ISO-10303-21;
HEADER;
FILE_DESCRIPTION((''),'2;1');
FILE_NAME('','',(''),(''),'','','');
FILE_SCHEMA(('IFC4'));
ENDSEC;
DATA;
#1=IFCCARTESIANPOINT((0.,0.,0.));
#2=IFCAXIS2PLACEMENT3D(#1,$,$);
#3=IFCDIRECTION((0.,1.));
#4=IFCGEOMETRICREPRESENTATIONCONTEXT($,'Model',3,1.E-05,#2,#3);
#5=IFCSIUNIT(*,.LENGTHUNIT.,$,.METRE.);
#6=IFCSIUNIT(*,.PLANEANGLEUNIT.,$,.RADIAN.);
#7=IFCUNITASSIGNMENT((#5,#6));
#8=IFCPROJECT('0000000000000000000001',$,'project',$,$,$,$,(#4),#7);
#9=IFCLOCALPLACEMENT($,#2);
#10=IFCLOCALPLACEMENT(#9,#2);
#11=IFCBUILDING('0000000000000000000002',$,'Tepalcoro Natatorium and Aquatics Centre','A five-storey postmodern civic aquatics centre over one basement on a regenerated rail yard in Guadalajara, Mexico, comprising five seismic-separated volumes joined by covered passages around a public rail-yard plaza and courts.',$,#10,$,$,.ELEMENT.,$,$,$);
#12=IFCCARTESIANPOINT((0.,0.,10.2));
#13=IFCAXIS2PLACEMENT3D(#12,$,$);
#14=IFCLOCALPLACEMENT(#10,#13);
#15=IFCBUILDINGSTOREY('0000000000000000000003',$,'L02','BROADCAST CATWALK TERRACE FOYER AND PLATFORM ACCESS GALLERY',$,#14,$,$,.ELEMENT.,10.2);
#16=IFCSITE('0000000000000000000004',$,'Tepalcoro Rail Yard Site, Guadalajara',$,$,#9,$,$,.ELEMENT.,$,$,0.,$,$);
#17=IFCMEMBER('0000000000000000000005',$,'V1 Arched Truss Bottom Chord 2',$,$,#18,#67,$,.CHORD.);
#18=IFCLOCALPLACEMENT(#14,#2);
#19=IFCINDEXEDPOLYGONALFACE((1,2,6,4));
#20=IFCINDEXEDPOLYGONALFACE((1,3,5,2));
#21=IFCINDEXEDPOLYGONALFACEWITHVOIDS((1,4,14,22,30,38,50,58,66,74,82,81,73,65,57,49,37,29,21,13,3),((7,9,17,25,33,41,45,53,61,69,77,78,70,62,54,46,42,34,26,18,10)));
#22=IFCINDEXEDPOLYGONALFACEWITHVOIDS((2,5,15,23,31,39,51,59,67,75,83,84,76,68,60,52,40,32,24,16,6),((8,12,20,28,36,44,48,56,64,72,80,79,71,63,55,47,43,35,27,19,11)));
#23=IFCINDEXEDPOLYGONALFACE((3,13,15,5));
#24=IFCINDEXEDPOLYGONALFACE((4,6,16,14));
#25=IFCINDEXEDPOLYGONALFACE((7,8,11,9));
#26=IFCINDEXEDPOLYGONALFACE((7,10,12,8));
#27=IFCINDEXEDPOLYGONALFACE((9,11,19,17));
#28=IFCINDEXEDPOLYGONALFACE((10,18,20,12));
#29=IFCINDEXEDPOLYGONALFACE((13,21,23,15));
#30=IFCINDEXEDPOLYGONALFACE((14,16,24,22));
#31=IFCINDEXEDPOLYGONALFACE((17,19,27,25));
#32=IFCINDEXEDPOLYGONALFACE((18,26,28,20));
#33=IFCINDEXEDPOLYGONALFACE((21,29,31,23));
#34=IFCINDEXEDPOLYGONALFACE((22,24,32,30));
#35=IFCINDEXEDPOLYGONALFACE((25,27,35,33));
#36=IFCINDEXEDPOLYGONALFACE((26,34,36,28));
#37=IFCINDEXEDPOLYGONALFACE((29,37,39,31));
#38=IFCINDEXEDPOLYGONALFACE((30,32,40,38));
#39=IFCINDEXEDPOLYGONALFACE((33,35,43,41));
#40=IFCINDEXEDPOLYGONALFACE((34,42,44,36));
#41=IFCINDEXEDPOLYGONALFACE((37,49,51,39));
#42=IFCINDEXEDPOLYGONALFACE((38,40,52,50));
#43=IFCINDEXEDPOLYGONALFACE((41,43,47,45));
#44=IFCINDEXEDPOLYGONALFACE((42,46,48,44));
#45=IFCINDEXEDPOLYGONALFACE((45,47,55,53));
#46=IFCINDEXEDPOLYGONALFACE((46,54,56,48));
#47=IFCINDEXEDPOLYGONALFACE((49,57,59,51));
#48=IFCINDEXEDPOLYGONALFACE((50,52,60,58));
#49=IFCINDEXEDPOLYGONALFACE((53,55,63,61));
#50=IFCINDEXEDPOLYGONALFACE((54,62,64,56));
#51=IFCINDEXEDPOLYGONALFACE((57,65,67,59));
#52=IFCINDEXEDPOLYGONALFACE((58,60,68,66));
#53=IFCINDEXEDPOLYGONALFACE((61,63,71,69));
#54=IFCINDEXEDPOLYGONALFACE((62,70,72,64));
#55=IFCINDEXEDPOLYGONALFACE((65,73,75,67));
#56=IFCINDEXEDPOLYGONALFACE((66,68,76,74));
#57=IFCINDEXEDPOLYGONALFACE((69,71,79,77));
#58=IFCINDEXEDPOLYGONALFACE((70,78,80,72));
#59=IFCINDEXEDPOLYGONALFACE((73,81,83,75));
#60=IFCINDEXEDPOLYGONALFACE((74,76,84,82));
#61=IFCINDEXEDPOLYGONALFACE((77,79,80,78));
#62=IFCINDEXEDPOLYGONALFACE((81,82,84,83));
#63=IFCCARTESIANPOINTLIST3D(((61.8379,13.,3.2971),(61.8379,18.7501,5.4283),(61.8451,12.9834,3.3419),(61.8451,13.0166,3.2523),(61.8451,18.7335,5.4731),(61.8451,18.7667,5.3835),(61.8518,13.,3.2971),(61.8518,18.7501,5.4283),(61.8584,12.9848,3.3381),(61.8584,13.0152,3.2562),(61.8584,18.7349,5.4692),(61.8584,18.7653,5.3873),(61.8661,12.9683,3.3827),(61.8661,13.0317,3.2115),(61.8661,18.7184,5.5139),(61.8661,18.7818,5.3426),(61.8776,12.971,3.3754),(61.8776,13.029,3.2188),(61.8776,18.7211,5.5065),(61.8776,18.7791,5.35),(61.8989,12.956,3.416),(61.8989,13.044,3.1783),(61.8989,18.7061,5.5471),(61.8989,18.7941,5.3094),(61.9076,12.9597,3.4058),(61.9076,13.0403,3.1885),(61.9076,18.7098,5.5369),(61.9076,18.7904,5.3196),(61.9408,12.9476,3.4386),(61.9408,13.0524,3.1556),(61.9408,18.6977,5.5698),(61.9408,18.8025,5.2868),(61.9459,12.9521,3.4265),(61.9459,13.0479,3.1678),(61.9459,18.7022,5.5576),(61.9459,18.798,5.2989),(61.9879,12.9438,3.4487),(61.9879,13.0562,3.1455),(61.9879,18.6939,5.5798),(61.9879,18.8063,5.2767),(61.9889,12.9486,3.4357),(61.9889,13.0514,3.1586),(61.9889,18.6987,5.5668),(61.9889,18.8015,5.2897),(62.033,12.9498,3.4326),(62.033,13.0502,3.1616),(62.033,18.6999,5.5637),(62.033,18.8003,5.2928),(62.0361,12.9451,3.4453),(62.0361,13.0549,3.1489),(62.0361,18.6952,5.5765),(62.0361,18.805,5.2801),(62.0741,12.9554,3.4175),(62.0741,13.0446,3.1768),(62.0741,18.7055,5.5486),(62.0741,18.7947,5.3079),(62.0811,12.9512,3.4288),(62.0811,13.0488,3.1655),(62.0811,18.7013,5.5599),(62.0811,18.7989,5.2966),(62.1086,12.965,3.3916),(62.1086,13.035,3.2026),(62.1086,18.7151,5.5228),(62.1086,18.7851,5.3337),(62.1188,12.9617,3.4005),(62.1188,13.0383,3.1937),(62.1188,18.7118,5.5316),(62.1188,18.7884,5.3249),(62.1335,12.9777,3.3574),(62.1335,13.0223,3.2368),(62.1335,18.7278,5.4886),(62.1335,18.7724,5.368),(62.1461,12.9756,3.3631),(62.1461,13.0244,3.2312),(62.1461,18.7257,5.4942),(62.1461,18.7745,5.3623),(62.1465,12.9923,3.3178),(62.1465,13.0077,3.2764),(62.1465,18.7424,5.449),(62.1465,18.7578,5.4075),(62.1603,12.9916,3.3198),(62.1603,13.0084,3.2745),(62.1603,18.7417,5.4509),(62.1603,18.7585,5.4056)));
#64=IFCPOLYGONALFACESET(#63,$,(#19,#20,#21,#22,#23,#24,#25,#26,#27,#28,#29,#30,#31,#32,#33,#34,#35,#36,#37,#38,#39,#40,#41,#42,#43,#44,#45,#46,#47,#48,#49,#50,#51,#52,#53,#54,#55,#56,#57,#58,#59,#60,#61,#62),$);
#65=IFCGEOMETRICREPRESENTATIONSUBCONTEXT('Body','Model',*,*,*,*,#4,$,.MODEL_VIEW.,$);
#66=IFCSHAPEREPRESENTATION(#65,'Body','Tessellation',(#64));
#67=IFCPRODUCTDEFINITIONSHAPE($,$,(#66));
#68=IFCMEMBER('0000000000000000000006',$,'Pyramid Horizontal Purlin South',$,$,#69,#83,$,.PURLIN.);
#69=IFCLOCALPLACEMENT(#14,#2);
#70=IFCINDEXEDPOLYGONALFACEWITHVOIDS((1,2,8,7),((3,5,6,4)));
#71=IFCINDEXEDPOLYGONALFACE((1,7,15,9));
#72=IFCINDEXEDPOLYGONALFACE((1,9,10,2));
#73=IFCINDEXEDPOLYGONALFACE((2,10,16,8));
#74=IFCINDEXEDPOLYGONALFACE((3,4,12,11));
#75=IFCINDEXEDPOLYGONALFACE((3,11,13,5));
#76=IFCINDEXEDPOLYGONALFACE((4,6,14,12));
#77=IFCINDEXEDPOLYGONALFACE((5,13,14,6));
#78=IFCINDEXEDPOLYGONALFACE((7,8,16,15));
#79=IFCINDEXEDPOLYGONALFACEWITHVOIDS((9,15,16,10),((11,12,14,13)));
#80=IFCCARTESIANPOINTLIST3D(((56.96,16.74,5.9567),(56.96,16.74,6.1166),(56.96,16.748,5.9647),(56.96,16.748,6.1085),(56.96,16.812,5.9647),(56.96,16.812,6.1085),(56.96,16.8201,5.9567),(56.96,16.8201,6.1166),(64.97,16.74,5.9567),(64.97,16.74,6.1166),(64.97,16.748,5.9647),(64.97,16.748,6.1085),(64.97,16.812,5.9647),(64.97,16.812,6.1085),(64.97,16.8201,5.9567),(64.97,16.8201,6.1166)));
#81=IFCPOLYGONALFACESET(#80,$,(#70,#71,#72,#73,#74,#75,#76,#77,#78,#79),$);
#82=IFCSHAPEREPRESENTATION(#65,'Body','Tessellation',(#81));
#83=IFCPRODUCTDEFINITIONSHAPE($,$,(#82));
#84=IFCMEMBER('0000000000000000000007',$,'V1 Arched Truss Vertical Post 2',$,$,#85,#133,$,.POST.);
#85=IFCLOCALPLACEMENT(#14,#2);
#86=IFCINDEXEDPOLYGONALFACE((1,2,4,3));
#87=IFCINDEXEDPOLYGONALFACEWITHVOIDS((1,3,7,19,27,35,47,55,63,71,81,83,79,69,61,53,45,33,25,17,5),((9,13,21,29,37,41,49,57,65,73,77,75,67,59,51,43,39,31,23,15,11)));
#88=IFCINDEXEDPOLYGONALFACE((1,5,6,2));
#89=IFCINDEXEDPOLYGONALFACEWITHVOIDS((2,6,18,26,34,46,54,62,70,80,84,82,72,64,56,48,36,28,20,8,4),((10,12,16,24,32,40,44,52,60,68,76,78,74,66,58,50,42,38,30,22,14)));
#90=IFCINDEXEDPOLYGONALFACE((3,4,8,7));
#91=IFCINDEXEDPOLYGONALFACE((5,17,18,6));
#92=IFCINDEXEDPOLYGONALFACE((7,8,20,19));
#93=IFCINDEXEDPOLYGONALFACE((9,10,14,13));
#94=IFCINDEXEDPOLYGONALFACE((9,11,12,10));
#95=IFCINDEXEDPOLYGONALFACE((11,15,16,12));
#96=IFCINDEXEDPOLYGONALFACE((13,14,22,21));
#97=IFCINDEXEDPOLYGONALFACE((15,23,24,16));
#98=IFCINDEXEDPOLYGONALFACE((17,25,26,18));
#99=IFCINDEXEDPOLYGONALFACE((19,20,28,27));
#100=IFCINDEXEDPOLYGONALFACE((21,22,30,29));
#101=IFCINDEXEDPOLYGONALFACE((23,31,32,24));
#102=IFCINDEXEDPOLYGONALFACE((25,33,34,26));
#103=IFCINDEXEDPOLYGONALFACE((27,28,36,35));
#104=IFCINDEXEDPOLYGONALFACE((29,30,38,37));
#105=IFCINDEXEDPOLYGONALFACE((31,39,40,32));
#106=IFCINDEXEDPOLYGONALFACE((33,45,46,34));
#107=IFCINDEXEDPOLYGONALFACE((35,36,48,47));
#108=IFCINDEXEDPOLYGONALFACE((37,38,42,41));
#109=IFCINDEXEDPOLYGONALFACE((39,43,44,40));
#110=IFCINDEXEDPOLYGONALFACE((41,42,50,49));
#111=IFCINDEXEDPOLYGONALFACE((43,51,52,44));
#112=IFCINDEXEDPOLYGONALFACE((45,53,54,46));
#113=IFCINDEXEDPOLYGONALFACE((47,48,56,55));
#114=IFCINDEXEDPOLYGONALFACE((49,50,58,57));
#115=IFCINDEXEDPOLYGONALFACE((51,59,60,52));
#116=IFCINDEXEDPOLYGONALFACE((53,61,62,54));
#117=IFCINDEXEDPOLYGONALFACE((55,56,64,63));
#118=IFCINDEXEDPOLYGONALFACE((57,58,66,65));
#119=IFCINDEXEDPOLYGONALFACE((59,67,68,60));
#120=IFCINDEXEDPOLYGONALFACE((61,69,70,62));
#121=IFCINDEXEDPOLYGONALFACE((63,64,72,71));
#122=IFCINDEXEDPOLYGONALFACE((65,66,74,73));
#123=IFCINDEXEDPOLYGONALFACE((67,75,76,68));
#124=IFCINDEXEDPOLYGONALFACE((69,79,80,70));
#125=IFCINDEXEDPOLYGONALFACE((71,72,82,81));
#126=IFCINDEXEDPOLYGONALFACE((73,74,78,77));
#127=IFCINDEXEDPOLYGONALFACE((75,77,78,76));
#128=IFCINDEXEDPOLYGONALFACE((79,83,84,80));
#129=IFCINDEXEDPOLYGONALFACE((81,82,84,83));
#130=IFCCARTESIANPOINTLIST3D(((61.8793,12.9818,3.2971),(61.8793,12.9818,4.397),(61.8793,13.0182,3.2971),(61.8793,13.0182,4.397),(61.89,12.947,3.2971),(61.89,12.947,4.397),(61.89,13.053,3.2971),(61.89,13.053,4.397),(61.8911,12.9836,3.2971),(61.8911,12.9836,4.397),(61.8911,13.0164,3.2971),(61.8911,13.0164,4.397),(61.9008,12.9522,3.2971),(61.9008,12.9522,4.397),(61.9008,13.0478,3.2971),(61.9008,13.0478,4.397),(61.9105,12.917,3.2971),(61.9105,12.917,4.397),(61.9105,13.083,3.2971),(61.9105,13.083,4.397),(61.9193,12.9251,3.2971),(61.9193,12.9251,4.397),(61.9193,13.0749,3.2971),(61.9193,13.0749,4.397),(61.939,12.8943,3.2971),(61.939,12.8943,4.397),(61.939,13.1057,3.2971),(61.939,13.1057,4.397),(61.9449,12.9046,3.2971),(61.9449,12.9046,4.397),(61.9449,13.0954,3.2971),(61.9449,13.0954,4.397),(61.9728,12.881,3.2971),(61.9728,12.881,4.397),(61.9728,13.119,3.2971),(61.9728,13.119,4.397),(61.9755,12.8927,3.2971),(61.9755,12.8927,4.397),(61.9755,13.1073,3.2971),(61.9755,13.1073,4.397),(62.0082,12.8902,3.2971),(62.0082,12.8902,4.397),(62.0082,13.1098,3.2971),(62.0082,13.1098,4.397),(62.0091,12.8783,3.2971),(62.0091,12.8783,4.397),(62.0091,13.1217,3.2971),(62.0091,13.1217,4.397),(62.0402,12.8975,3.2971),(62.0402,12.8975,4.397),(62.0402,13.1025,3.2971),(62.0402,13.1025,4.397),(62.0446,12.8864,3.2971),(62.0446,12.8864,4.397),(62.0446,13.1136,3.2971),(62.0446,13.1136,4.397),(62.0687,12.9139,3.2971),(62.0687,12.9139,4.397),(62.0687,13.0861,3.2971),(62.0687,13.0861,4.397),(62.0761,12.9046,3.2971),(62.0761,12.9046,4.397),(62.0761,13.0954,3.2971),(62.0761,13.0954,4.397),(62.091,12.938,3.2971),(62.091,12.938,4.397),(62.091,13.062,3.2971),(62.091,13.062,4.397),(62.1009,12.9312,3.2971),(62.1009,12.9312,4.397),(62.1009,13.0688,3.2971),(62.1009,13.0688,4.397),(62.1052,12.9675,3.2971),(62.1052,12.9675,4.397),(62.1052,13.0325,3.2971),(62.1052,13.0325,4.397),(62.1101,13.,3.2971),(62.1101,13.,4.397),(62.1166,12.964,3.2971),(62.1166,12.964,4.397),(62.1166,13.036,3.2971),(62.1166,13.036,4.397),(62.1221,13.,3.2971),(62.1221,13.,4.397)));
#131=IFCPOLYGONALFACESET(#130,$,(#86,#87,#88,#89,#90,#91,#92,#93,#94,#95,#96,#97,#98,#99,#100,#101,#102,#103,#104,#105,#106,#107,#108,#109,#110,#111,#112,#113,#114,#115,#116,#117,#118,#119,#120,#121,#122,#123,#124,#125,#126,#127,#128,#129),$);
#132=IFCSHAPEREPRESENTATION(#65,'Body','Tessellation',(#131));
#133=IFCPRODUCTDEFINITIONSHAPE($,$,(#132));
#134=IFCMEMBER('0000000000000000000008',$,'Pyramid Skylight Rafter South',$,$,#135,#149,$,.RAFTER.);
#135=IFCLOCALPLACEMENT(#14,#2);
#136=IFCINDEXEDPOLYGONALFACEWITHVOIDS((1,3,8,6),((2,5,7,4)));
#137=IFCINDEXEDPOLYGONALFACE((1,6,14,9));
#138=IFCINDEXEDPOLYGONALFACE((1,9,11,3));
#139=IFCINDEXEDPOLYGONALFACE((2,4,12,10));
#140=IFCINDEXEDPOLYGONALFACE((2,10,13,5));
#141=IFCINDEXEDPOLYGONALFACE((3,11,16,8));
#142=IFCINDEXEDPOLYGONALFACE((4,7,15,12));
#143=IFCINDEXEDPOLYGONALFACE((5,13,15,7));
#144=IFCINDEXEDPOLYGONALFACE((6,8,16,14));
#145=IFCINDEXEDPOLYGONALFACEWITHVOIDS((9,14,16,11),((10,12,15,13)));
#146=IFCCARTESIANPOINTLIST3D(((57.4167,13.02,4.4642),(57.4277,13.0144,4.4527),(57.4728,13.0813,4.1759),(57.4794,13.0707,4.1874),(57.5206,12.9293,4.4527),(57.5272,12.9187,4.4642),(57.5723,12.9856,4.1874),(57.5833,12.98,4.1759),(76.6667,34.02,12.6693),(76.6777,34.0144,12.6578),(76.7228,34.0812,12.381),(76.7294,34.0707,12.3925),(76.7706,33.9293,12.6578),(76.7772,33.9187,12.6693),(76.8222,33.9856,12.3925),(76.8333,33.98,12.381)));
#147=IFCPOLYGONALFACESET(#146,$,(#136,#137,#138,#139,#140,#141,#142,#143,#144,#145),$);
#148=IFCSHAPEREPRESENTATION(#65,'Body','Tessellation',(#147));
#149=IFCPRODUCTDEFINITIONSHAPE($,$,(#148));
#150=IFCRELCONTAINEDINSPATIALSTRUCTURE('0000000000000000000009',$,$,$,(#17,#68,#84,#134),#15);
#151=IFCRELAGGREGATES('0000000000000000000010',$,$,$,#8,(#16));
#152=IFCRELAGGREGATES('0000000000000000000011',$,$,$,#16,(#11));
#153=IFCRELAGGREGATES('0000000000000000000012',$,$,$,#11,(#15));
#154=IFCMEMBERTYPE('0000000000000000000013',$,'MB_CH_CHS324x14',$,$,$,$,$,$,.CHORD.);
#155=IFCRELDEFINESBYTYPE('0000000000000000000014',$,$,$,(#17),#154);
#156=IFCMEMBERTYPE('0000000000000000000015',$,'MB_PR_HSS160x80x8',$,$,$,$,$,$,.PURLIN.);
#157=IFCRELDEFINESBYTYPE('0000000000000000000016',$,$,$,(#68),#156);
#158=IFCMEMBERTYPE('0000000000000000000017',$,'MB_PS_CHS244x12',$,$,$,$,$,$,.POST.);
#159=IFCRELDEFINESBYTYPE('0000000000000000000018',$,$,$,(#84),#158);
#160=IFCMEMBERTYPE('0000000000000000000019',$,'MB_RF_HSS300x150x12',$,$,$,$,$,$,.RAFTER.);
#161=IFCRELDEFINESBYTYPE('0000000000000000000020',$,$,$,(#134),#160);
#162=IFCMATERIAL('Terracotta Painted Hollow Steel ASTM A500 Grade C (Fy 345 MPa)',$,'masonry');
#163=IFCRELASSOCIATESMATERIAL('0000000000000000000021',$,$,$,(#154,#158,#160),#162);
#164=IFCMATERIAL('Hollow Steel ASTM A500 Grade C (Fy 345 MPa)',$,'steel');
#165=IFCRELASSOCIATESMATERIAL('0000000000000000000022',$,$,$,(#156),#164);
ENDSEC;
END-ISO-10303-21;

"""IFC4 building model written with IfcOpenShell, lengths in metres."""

from ifc_helpers import new_model, si_unit, direction, frame, origin, origin_2d, place, context, subcontext, project, spatial, hollow_rectangle, hollow_circle, extrude, material, material_profile, profile_set, type_object, element, save


model = new_model("IFC4")

# Units and contexts
model_context = context("Model", 3, precision=1e-05, world=origin(), true_north=direction((0.0, 1.0)))
body_context = subcontext(model_context, "Body", "Model", "MODEL_VIEW")
ifc_project = project(units=[si_unit("LENGTHUNIT", "METRE"), si_unit("PLANEANGLEUNIT", "RADIAN")], contexts=[model_context])

# Site, building, storey
site_placement = place(None, origin())
site = spatial("IfcSite", under=ifc_project, at=site_placement, Name="Tepalcoro Rail Yard Site, Guadalajara", CompositionType="ELEMENT", RefElevation=0.0)
building_placement = place(site_placement, origin())
building = spatial("IfcBuilding", under=site, at=building_placement, Name="Tepalcoro Natatorium and Aquatics Centre", Description="A five-storey postmodern civic aquatics centre over one basement on a regenerated rail yard in Guadalajara, Mexico, comprising five seismic-separated volumes joined by covered passages around a public rail-yard plaza and courts.", CompositionType="ELEMENT")
storey_placement = place(building_placement, frame((0.0, 0.0, 10.2)))
storey = spatial("IfcBuildingStorey", under=building, at=storey_placement, Name="L02", Description="BROADCAST CATWALK TERRACE FOYER AND PLATFORM ACCESS GALLERY", CompositionType="ELEMENT", Elevation=10.2)

# Shared definitions
ifc_material_1 = material(Name="Terracotta Painted Hollow Steel ASTM A500 Grade C (Fy 345 MPa)", Category="masonry")

# Members
ifc_material_profile_1 = material_profile(ifc_material_1, hollow_circle(Radius=0.1621, WallThickness=0.0139, at=origin_2d()), Name="CHS324X14")
ifc_profile_set_1 = profile_set([ifc_material_profile_1], Name="Terracotta Painted Hollow Steel ASTM A500 Grade C (Fy 345 MPa)")
member_type_1 = type_object("IfcMemberType", Name="MB_CH_CHS324x14", PredefinedType="CHORD", material=ifc_profile_set_1)
member_1_placement = place(storey_placement, frame((62.0, 13.0, 3.2971), z_axis=(0.0, 0.93767, 0.347526), x_axis=(-1.0, 0.0, 0.0)))
element("IfcMember", 1, at=member_1_placement, inside=storey, type_object=member_type_1, Name="V1 Arched Truss Bottom Chord 2", PredefinedType="CHORD", context=body_context, shape_type="SweptSolid", body=[
    extrude(hollow_circle(Radius=0.1621, WallThickness=0.0139, at=origin_2d()), origin(), (0.0, 0.0, 1.0), 6.1323),
])
ifc_material_2 = material(Name="Hollow Steel ASTM A500 Grade C (Fy 345 MPa)", Category="steel")
ifc_material_profile_2 = material_profile(ifc_material_2, hollow_rectangle(XDim=0.0801, YDim=0.1599, WallThickness=0.0081, at=origin_2d()), Name="HSS160X80X8")
ifc_profile_set_2 = profile_set([ifc_material_profile_2], Name="Hollow Steel ASTM A500 Grade C (Fy 345 MPa)")
member_type_2 = type_object("IfcMemberType", Name="MB_PR_HSS160x80x8", PredefinedType="PURLIN", material=ifc_profile_set_2)
member_2_placement = place(storey_placement, frame((56.96, 16.78, 6.0366), z_axis=(1.0, 0.0, 0.0), x_axis=(0.0, 1.0, 0.0)))
element("IfcMember", 2, at=member_2_placement, inside=storey, type_object=member_type_2, Name="Pyramid Horizontal Purlin South", PredefinedType="PURLIN", context=body_context, shape_type="SweptSolid", body=[
    extrude(hollow_rectangle(XDim=0.0801, YDim=0.1599, WallThickness=0.0081, at=origin_2d()), origin(), (0.0, 0.0, 1.0), 8.01),
])
ifc_material_profile_3 = material_profile(ifc_material_1, hollow_circle(Radius=0.1221, WallThickness=0.012, at=origin_2d()), Name="CHS244X12")
ifc_profile_set_3 = profile_set([ifc_material_profile_3], Name="Terracotta Painted Hollow Steel ASTM A500 Grade C (Fy 345 MPa)")
member_type_3 = type_object("IfcMemberType", Name="MB_PS_CHS244x12", PredefinedType="POST", material=ifc_profile_set_3)
member_3_placement = place(storey_placement, frame((62.0, 13.0, 3.2971), z_axis=(0.0, 0.0, 1.0), x_axis=(1.0, 0.0, 0.0)))
element("IfcMember", 3, at=member_3_placement, inside=storey, type_object=member_type_3, Name="V1 Arched Truss Vertical Post 2", PredefinedType="POST", context=body_context, shape_type="SweptSolid", body=[
    extrude(hollow_circle(Radius=0.1221, WallThickness=0.012, at=origin_2d()), origin(), (0.0, 0.0, 1.0), 1.0999),
])
ifc_material_profile_4 = material_profile(ifc_material_1, hollow_rectangle(XDim=0.1499, YDim=0.3, WallThickness=0.012, at=origin_2d()), Name="HSS300X150X12")
ifc_profile_set_4 = profile_set([ifc_material_profile_4], Name="Terracotta Painted Hollow Steel ASTM A500 Grade C (Fy 345 MPa)")
member_type_4 = type_object("IfcMemberType", Name="MB_RF_HSS300x150x12", PredefinedType="RAFTER", material=ifc_profile_set_4)
member_4_placement = place(storey_placement, frame((57.5, 13.0, 4.3201), z_axis=(0.649329, 0.708358, 0.276768), x_axis=(-0.737154, 0.675725, 0.0)))
element("IfcMember", 4, at=member_4_placement, inside=storey, type_object=member_type_4, Name="Pyramid Skylight Rafter South", PredefinedType="RAFTER", context=body_context, shape_type="SweptSolid", body=[
    extrude(hollow_rectangle(XDim=0.1499, YDim=0.3, WallThickness=0.012, at=origin_2d()), origin(), (0.0, 0.0, 1.0), 29.646),
])

save(model, "model.ifc")
